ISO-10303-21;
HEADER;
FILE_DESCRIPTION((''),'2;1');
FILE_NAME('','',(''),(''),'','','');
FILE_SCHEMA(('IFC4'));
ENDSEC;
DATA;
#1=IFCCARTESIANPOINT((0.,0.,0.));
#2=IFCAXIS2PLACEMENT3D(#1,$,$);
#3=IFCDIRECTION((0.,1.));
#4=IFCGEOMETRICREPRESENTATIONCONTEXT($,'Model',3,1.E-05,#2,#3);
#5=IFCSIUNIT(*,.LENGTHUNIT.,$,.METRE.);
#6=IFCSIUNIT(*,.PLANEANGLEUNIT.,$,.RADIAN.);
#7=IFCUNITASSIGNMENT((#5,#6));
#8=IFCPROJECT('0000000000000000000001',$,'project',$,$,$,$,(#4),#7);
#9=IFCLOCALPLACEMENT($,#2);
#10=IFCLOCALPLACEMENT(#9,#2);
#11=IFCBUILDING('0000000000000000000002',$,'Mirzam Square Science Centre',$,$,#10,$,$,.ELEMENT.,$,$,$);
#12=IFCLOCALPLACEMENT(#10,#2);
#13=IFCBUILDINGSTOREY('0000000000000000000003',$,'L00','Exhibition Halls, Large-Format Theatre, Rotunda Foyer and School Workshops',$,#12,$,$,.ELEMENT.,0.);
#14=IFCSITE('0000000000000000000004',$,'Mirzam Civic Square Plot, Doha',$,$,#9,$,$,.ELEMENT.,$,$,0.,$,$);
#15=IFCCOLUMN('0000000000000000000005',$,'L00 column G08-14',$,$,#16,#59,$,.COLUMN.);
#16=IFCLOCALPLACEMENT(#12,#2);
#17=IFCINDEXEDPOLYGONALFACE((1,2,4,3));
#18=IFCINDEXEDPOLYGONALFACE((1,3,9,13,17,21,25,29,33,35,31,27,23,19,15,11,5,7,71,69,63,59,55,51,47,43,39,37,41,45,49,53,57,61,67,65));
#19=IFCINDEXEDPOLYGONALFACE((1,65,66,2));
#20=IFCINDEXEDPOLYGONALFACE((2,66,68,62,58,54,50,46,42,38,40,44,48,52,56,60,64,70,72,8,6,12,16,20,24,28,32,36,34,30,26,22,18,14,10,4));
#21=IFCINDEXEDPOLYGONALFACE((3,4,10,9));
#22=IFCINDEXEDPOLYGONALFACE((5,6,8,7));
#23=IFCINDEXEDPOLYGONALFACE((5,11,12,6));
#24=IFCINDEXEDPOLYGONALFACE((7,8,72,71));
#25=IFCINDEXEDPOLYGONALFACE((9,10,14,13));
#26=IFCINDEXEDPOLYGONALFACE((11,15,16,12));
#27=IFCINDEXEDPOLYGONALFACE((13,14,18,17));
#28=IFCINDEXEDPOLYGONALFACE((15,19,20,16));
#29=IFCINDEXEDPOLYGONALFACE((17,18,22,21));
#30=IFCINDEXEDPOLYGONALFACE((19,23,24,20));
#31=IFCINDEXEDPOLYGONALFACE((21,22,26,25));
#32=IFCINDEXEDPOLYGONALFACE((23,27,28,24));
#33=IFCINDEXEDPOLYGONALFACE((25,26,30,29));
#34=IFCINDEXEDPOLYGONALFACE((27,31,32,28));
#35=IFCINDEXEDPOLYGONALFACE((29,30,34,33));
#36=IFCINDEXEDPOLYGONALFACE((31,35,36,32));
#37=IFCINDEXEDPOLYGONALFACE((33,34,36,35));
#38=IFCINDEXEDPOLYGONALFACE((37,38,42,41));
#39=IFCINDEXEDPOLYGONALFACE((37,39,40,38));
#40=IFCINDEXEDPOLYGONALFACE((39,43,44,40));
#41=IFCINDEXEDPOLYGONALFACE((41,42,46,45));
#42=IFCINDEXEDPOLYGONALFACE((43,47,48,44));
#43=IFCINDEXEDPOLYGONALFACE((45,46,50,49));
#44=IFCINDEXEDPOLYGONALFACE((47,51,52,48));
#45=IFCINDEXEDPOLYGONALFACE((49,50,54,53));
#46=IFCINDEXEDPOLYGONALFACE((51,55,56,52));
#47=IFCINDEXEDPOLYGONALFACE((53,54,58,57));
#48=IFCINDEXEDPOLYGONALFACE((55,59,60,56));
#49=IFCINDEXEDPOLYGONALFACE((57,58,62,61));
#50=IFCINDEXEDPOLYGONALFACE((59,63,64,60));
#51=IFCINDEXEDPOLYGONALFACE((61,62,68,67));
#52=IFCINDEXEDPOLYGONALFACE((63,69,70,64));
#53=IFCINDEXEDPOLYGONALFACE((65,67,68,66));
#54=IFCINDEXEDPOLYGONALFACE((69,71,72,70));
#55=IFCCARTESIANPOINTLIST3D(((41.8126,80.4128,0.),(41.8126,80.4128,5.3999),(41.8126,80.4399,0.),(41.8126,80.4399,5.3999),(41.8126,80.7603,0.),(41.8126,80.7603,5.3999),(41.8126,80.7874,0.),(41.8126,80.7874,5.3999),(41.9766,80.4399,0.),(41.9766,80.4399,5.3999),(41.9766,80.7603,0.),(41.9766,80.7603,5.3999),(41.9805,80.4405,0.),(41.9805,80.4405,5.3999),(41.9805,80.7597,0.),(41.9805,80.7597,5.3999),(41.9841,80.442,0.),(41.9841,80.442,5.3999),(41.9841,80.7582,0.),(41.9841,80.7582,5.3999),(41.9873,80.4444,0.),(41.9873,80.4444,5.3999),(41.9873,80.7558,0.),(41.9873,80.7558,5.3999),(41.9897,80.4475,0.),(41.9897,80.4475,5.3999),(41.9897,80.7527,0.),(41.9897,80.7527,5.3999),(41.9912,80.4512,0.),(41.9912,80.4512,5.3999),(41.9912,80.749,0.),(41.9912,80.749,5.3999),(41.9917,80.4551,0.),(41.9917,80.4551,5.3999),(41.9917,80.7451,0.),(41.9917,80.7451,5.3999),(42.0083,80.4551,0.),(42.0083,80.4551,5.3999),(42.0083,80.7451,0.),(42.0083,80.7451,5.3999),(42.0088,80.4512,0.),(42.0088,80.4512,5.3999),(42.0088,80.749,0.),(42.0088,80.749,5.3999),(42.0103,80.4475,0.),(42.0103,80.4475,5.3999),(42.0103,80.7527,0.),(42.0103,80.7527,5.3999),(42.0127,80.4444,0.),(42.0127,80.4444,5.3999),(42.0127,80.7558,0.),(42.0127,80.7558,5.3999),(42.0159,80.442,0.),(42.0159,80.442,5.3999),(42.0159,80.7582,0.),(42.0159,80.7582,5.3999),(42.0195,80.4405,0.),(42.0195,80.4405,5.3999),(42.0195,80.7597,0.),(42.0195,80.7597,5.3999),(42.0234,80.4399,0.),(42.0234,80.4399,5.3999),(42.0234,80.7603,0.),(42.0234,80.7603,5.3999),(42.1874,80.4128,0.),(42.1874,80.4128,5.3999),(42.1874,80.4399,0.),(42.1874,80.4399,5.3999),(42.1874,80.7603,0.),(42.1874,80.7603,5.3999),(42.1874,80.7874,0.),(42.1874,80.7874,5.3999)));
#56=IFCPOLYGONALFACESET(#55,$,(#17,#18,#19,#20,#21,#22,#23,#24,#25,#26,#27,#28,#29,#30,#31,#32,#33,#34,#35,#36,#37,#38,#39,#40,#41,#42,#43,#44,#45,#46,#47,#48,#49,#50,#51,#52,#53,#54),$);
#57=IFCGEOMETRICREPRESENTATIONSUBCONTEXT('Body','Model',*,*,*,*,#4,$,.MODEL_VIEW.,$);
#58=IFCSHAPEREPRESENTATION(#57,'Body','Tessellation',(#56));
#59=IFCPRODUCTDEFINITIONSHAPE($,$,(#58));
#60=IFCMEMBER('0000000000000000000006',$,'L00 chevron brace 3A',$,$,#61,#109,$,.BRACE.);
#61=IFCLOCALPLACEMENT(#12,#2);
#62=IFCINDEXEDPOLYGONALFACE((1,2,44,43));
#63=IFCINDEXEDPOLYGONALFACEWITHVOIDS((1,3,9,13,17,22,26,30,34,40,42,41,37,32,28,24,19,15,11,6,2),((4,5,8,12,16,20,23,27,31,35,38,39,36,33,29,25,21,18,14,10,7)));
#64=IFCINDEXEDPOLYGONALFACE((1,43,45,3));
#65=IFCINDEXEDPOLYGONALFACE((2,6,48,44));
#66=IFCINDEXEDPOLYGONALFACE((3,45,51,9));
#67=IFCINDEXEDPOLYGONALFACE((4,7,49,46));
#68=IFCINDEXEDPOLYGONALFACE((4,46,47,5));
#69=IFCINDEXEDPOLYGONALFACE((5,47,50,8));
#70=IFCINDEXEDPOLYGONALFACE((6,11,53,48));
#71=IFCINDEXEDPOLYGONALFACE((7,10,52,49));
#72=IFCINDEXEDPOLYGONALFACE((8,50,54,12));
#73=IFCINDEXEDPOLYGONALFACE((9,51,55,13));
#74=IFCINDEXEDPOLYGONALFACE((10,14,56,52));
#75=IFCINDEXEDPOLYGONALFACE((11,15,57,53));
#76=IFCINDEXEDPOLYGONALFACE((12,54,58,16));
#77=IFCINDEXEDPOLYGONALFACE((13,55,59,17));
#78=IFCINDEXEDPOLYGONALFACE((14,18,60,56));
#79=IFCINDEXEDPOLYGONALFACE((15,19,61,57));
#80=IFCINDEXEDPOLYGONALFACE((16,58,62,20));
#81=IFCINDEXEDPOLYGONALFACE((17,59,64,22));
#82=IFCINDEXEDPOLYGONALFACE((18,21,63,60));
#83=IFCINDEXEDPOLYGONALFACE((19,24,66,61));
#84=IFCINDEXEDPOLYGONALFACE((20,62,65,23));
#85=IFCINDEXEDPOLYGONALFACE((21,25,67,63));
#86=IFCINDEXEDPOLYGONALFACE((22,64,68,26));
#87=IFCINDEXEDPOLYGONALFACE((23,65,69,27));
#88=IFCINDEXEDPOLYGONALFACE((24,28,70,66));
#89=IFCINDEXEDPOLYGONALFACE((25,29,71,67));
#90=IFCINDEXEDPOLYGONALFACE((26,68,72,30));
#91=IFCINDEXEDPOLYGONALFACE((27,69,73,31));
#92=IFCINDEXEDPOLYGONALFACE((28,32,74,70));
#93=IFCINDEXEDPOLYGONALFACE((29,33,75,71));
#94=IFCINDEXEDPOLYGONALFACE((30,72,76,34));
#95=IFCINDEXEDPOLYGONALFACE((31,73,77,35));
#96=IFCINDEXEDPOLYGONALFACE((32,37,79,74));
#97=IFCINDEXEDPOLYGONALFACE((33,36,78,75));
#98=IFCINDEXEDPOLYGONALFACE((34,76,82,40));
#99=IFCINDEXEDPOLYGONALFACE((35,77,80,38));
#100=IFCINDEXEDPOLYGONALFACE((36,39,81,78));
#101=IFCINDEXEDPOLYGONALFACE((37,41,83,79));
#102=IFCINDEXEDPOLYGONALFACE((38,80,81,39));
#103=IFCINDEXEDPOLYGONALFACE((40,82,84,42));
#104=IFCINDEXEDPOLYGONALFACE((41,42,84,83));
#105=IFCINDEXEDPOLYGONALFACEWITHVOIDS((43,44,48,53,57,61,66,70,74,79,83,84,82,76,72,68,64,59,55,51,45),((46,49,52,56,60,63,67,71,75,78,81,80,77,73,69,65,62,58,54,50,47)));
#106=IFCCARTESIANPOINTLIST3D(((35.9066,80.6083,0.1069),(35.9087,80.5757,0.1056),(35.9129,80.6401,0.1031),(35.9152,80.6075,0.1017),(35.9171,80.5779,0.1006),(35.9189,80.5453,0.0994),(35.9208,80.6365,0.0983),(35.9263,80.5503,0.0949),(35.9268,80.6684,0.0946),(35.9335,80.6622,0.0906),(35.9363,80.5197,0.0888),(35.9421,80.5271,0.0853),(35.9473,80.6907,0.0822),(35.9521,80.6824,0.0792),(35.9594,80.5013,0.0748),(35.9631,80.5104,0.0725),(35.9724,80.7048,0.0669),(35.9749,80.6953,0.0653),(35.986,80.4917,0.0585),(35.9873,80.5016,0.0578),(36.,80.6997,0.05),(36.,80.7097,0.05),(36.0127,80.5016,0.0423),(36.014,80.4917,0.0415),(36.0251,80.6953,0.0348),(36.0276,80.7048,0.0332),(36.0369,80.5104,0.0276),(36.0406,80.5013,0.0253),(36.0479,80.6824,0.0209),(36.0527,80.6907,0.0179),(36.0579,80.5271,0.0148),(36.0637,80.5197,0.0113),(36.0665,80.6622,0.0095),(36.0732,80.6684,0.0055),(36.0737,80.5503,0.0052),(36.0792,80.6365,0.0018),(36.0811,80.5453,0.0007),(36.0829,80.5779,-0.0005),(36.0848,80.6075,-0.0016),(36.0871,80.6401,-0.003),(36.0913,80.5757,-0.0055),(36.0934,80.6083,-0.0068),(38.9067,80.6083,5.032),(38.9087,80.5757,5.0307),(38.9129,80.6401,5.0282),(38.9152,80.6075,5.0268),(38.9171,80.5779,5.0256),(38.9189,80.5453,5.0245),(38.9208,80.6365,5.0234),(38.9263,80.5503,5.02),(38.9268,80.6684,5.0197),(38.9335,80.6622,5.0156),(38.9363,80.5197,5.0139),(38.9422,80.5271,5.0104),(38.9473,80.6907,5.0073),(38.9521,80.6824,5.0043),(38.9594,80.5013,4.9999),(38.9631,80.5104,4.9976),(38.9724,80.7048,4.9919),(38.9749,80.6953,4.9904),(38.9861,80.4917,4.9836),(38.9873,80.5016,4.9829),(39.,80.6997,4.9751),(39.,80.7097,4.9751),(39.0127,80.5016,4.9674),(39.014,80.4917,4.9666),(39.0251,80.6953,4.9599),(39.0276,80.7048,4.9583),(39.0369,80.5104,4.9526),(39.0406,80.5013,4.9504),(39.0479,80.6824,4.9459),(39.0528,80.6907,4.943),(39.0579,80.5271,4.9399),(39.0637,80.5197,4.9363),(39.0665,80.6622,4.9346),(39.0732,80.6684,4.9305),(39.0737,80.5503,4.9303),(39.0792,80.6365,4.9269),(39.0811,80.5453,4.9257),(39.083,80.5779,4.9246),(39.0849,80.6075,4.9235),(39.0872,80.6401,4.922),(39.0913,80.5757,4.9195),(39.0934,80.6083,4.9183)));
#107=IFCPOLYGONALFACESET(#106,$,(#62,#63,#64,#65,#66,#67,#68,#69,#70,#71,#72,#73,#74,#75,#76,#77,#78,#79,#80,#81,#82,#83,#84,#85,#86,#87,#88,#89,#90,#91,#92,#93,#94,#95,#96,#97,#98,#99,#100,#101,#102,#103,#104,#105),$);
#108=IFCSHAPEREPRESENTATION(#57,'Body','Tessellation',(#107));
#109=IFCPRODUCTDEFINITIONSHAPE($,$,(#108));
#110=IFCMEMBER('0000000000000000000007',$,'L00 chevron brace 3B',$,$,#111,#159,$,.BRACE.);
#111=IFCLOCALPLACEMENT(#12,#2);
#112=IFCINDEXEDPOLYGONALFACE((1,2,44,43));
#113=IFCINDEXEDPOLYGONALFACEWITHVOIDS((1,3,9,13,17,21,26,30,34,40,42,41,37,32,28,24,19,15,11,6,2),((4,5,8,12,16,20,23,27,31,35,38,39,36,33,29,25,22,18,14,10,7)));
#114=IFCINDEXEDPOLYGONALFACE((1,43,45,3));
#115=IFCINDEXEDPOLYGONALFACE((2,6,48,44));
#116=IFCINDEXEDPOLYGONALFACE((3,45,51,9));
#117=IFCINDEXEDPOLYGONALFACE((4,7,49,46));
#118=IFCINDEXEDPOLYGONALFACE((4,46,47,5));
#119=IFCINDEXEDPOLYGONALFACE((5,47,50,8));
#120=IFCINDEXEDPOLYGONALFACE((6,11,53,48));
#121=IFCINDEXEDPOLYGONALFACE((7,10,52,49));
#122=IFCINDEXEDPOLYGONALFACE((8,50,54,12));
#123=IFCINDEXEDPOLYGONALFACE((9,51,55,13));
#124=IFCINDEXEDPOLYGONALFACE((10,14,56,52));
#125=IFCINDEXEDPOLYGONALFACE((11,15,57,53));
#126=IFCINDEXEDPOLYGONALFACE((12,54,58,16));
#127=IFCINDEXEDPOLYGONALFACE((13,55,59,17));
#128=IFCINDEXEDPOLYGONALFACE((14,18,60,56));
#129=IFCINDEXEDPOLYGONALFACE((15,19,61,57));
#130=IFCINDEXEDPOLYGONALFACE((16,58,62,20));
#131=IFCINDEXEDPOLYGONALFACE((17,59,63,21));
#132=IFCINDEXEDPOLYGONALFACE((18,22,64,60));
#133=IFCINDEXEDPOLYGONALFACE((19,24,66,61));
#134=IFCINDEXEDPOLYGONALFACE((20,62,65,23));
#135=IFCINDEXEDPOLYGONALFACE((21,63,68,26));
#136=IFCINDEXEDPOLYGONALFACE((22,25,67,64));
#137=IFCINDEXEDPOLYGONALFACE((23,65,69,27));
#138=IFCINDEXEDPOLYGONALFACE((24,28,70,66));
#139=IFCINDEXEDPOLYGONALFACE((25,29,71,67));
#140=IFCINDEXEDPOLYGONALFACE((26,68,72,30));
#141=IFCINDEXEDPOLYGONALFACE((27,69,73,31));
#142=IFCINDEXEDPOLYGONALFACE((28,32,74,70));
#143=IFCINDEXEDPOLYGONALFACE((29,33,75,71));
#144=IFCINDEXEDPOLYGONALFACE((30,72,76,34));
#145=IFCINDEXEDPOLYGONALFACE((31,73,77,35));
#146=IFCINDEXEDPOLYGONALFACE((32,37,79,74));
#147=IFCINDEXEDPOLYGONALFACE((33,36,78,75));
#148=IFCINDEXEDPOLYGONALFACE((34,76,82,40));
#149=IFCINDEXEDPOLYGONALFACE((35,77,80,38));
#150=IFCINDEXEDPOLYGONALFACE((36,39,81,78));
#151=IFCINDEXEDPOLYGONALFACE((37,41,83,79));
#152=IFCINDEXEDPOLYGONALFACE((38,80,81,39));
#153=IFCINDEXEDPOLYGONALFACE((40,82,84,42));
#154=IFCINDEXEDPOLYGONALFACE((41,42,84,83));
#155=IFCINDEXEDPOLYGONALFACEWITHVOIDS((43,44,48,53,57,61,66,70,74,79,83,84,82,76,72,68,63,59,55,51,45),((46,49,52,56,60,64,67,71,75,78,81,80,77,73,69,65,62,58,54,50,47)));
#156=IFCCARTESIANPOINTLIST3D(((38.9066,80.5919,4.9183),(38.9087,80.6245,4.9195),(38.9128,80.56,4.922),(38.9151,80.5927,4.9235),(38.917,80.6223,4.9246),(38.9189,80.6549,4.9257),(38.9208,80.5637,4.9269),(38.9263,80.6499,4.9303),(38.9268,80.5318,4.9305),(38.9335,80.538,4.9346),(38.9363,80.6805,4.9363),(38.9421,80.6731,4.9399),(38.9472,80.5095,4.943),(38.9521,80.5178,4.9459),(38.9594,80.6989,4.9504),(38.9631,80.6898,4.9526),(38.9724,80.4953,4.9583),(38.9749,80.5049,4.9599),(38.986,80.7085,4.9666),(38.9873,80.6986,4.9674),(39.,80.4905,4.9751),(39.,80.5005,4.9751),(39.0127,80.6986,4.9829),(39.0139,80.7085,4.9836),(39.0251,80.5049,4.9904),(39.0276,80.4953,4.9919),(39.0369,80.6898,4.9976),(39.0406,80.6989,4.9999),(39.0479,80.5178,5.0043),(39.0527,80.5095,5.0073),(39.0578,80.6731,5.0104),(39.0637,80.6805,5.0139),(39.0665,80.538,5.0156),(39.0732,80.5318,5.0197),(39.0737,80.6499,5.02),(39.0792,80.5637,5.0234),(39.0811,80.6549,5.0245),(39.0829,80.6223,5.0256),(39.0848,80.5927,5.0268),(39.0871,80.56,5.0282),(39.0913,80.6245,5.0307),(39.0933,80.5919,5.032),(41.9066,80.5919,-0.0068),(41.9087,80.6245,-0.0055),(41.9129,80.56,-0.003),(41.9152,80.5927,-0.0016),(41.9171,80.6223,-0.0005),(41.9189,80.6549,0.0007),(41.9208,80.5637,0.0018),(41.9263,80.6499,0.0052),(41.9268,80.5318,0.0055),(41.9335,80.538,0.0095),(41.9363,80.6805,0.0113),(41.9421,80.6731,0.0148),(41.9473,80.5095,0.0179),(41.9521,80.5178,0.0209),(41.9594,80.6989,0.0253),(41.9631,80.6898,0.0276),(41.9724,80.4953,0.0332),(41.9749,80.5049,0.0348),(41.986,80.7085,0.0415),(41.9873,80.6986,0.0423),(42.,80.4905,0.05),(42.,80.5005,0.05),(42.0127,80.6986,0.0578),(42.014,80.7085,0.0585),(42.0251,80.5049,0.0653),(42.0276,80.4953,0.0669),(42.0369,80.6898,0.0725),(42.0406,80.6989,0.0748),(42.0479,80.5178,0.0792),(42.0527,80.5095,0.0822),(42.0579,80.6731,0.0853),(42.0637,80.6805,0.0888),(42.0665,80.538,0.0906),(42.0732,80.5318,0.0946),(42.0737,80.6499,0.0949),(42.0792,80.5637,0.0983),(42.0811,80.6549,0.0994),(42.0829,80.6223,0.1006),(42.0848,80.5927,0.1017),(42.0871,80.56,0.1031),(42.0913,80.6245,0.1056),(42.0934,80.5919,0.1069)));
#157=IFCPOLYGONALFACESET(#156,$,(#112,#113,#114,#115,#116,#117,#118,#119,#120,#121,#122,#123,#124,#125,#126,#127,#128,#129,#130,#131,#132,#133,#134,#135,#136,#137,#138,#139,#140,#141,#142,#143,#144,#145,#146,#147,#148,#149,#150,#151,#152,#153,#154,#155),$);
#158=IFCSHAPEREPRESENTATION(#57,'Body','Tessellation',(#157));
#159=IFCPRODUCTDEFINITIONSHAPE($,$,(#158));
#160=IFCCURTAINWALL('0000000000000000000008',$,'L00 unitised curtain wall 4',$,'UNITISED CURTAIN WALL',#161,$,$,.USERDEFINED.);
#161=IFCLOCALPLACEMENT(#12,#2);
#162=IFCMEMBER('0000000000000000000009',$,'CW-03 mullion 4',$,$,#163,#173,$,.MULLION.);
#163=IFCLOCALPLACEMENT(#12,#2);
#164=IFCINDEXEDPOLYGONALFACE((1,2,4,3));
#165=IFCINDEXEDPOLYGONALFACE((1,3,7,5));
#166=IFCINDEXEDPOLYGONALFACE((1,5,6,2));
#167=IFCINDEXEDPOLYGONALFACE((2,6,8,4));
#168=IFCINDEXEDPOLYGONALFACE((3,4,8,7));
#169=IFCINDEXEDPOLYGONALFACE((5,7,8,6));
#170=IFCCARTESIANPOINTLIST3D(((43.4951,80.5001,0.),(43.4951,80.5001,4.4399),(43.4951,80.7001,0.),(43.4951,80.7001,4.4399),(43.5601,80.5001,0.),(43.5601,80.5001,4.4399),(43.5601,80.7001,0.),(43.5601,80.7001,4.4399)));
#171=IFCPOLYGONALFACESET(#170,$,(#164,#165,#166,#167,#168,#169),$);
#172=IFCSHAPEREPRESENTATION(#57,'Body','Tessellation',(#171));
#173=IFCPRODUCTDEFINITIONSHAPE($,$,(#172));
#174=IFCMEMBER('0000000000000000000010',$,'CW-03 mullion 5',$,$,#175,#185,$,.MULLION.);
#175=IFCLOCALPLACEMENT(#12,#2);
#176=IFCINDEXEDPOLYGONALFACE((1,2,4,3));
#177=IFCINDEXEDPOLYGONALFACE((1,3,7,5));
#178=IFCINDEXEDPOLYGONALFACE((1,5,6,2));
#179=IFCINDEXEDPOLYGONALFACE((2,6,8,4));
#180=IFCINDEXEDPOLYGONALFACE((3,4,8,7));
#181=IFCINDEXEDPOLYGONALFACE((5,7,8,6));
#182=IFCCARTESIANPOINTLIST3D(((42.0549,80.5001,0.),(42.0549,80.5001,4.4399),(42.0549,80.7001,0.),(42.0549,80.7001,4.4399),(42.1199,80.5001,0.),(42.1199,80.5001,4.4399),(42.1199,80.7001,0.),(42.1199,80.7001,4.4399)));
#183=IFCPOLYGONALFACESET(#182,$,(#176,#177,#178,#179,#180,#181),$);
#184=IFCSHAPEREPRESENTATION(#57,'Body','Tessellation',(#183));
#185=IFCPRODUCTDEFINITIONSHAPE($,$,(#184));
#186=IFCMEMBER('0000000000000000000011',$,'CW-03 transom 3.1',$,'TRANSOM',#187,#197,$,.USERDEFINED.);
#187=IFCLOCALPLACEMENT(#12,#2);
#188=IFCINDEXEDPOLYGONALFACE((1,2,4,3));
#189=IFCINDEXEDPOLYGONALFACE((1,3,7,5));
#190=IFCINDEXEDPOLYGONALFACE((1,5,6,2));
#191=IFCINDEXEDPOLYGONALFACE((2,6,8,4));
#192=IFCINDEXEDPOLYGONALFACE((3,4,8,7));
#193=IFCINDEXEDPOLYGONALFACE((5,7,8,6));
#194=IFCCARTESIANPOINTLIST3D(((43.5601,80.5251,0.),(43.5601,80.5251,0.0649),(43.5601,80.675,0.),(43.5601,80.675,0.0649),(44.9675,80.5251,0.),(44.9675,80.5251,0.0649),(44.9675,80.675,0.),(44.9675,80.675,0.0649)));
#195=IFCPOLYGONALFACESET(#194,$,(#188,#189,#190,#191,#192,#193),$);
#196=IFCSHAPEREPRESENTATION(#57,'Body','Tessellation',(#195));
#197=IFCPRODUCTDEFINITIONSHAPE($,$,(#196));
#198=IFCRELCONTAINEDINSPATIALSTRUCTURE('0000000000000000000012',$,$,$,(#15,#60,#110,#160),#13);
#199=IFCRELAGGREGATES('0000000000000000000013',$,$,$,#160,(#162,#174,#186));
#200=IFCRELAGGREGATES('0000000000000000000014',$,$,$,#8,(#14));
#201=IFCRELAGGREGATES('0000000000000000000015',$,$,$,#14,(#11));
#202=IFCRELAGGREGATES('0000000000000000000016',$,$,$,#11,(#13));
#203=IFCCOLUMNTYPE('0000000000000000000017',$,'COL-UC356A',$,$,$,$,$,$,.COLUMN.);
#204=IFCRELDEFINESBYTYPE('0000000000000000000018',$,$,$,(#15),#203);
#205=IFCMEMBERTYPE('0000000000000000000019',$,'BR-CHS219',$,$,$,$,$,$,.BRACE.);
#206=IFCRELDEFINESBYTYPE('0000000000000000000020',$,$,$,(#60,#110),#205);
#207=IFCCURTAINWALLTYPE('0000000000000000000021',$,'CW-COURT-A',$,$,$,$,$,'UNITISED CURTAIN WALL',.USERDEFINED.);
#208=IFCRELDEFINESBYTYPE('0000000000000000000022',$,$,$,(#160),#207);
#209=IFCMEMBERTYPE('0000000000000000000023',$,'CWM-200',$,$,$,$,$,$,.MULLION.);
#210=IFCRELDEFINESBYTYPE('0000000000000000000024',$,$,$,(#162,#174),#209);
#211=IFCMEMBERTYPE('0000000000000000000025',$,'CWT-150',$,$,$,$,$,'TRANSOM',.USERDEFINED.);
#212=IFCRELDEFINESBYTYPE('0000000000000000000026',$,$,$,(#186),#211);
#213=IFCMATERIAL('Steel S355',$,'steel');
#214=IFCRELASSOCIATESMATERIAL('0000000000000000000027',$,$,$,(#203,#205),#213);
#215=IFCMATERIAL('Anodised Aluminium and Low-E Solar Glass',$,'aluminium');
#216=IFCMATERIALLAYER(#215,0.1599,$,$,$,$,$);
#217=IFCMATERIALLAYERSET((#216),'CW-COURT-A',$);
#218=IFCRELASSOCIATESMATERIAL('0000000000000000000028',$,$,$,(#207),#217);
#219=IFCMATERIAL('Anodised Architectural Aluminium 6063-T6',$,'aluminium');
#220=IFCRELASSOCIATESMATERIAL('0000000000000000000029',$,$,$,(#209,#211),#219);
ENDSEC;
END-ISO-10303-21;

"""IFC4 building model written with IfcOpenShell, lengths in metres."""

from ifc_helpers import new_model, si_unit, direction, frame, origin, origin_2d, place, context, subcontext, project, spatial, rectangle, hollow_circle, i_section, extrude, material, layer, layer_set, material_profile, profile_set, type_object, element, aggregate, save


model = new_model("IFC4")

# Units and contexts
model_context = context("Model", 3, precision=1e-05, world=origin(), true_north=direction((0.0, 1.0)))
body_context = subcontext(model_context, "Body", "Model", "MODEL_VIEW")
ifc_project = project(units=[si_unit("LENGTHUNIT", "METRE"), si_unit("PLANEANGLEUNIT", "RADIAN")], contexts=[model_context])

# Site, building, storey
site_placement = place(None, origin())
site = spatial("IfcSite", under=ifc_project, at=site_placement, Name="Mirzam Civic Square Plot, Doha", CompositionType="ELEMENT", RefElevation=0.0)
building_placement = place(site_placement, origin())
building = spatial("IfcBuilding", under=site, at=building_placement, Name="Mirzam Square Science Centre", CompositionType="ELEMENT")
storey_placement = place(building_placement, origin())
storey = spatial("IfcBuildingStorey", under=building, at=storey_placement, Name="L00", Description="Exhibition Halls, Large-Format Theatre, Rotunda Foyer and School Workshops", CompositionType="ELEMENT", Elevation=0.0)

# Column
ifc_material_1 = material(Name="Steel S355", Category="steel")
ifc_material_profile_1 = material_profile(ifc_material_1, i_section(OverallWidth=0.3748, OverallDepth=0.3745, WebThickness=0.0166, FlangeThickness=0.0271, FilletRadius=0.0151, at=origin_2d()), Name="356x368x202UC")
ifc_profile_set_1 = profile_set([ifc_material_profile_1], Name="Steel S355")
column_type = type_object("IfcColumnType", Name="COL-UC356A", PredefinedType="COLUMN", material=ifc_profile_set_1)
column_placement = place(storey_placement, frame((42.0, 80.6001, 0.0), z_axis=(0.0, 0.0, 1.0), x_axis=(1.0, 0.0, 0.0)))
element("IfcColumn", 1, at=column_placement, inside=storey, type_object=column_type, Name="L00 column G08-14", PredefinedType="COLUMN", context=body_context, shape_type="SweptSolid", body=[
    extrude(i_section(OverallWidth=0.3748, OverallDepth=0.3745, WebThickness=0.0166, FlangeThickness=0.0271, FilletRadius=0.0151, at=origin_2d()), origin(), (0.0, 0.0, 1.0), 5.3999),
])

# Members
ifc_material_profile_2 = material_profile(ifc_material_1, hollow_circle(Radius=0.1096, WallThickness=0.01, at=origin_2d()), Name="219.1x10.0CHS")
ifc_profile_set_2 = profile_set([ifc_material_profile_2], Name="Steel S355")
member_type_1 = type_object("IfcMemberType", Name="BR-CHS219", PredefinedType="BRACE", material=ifc_profile_set_2)
for number, where, z_axis, x_axis, name in (
    (2, (36.0, 80.6001, 0.05), (0.520218, 0.0, 0.854033), (0.0, 1.0, 0.0), "L00 chevron brace 3A"),
    (3, (42.0, 80.6001, 0.05), (-0.520218, 0.0, 0.854033), (0.0, -1.0, 0.0), "L00 chevron brace 3B"),
):
    element("IfcMember", number, at=place(storey_placement, frame(where, z_axis=z_axis, x_axis=x_axis)), inside=storey, type_object=member_type_1, Name=name, PredefinedType="BRACE", context=body_context, shape_type="SweptSolid", body=[
        extrude(hollow_circle(Radius=0.1096, WallThickness=0.01, at=origin_2d()), origin(), (0.0, 0.0, 1.0), 5.7668),
    ])

# Curtain wall, members
ifc_material_2 = material(Name="Anodised Aluminium and Low-E Solar Glass", Category="aluminium")
ifc_layer_1 = layer(ifc_material_2, 0.1599)
ifc_layer_set_1 = layer_set([ifc_layer_1], Name="CW-COURT-A")
curtain_wall_type = type_object("IfcCurtainWallType", Name="CW-COURT-A", ElementType="UNITISED CURTAIN WALL", PredefinedType="USERDEFINED", material=ifc_layer_set_1)
curtain_wall_placement = place(storey_placement, origin())
curtain_wall = element("IfcCurtainWall", 4, at=curtain_wall_placement, inside=storey, type_object=curtain_wall_type, Name="L00 unitised curtain wall 4", ObjectType="UNITISED CURTAIN WALL", PredefinedType="USERDEFINED")
ifc_material_3 = material(Name="Anodised Architectural Aluminium 6063-T6", Category="aluminium")
ifc_material_profile_3 = material_profile(ifc_material_3, rectangle(XDim=0.0649, YDim=0.2, at=origin_2d()), Name="ALU-MULL-200x65x5")
ifc_profile_set_3 = profile_set([ifc_material_profile_3], Name="Anodised Architectural Aluminium 6063-T6")
member_type_2 = type_object("IfcMemberType", Name="CWM-200", PredefinedType="MULLION", material=ifc_profile_set_3)
member_1_placement = place(storey_placement, frame((43.5276, 80.6001, 0.0), z_axis=(0.0, 0.0, 1.0), x_axis=(-1.0, 0.0, 0.0)))
member_1 = element("IfcMember", 5, at=member_1_placement, type_object=member_type_2, Name="CW-03 mullion 4", PredefinedType="MULLION", context=body_context, shape_type="SweptSolid", body=[
    extrude(rectangle(XDim=0.0649, YDim=0.2, at=origin_2d()), origin(), (0.0, 0.0, 1.0), 4.4399),
])
member_2_placement = place(storey_placement, frame((42.0874, 80.6001, 0.0), z_axis=(0.0, 0.0, 1.0), x_axis=(-1.0, 0.0, 0.0)))
member_2 = element("IfcMember", 6, at=member_2_placement, type_object=member_type_2, Name="CW-03 mullion 5", PredefinedType="MULLION", context=body_context, shape_type="SweptSolid", body=[
    extrude(rectangle(XDim=0.0649, YDim=0.2, at=origin_2d()), origin(), (0.0, 0.0, 1.0), 4.4399),
])
ifc_material_profile_4 = material_profile(ifc_material_3, rectangle(XDim=0.1499, YDim=0.0649, at=origin_2d()), Name="ALU-TRAN-150x65x4")
ifc_profile_set_4 = profile_set([ifc_material_profile_4], Name="Anodised Architectural Aluminium 6063-T6")
member_type_3 = type_object("IfcMemberType", Name="CWT-150", ElementType="TRANSOM", PredefinedType="USERDEFINED", material=ifc_profile_set_4)
member_3_placement = place(storey_placement, frame((44.9675, 80.6001, 0.0325), z_axis=(-1.0, 0.0, 0.0), x_axis=(0.0, -1.0, 0.0)))
member_3 = element("IfcMember", 7, at=member_3_placement, type_object=member_type_3, Name="CW-03 transom 3.1", ObjectType="TRANSOM", PredefinedType="USERDEFINED", context=body_context, shape_type="SweptSolid", body=[
    extrude(rectangle(XDim=0.1499, YDim=0.0649, at=origin_2d()), origin(), (0.0, 0.0, 1.0), 1.4075),
])

aggregate(curtain_wall, [member_1, member_2, member_3])

save(model, "model.ifc")
